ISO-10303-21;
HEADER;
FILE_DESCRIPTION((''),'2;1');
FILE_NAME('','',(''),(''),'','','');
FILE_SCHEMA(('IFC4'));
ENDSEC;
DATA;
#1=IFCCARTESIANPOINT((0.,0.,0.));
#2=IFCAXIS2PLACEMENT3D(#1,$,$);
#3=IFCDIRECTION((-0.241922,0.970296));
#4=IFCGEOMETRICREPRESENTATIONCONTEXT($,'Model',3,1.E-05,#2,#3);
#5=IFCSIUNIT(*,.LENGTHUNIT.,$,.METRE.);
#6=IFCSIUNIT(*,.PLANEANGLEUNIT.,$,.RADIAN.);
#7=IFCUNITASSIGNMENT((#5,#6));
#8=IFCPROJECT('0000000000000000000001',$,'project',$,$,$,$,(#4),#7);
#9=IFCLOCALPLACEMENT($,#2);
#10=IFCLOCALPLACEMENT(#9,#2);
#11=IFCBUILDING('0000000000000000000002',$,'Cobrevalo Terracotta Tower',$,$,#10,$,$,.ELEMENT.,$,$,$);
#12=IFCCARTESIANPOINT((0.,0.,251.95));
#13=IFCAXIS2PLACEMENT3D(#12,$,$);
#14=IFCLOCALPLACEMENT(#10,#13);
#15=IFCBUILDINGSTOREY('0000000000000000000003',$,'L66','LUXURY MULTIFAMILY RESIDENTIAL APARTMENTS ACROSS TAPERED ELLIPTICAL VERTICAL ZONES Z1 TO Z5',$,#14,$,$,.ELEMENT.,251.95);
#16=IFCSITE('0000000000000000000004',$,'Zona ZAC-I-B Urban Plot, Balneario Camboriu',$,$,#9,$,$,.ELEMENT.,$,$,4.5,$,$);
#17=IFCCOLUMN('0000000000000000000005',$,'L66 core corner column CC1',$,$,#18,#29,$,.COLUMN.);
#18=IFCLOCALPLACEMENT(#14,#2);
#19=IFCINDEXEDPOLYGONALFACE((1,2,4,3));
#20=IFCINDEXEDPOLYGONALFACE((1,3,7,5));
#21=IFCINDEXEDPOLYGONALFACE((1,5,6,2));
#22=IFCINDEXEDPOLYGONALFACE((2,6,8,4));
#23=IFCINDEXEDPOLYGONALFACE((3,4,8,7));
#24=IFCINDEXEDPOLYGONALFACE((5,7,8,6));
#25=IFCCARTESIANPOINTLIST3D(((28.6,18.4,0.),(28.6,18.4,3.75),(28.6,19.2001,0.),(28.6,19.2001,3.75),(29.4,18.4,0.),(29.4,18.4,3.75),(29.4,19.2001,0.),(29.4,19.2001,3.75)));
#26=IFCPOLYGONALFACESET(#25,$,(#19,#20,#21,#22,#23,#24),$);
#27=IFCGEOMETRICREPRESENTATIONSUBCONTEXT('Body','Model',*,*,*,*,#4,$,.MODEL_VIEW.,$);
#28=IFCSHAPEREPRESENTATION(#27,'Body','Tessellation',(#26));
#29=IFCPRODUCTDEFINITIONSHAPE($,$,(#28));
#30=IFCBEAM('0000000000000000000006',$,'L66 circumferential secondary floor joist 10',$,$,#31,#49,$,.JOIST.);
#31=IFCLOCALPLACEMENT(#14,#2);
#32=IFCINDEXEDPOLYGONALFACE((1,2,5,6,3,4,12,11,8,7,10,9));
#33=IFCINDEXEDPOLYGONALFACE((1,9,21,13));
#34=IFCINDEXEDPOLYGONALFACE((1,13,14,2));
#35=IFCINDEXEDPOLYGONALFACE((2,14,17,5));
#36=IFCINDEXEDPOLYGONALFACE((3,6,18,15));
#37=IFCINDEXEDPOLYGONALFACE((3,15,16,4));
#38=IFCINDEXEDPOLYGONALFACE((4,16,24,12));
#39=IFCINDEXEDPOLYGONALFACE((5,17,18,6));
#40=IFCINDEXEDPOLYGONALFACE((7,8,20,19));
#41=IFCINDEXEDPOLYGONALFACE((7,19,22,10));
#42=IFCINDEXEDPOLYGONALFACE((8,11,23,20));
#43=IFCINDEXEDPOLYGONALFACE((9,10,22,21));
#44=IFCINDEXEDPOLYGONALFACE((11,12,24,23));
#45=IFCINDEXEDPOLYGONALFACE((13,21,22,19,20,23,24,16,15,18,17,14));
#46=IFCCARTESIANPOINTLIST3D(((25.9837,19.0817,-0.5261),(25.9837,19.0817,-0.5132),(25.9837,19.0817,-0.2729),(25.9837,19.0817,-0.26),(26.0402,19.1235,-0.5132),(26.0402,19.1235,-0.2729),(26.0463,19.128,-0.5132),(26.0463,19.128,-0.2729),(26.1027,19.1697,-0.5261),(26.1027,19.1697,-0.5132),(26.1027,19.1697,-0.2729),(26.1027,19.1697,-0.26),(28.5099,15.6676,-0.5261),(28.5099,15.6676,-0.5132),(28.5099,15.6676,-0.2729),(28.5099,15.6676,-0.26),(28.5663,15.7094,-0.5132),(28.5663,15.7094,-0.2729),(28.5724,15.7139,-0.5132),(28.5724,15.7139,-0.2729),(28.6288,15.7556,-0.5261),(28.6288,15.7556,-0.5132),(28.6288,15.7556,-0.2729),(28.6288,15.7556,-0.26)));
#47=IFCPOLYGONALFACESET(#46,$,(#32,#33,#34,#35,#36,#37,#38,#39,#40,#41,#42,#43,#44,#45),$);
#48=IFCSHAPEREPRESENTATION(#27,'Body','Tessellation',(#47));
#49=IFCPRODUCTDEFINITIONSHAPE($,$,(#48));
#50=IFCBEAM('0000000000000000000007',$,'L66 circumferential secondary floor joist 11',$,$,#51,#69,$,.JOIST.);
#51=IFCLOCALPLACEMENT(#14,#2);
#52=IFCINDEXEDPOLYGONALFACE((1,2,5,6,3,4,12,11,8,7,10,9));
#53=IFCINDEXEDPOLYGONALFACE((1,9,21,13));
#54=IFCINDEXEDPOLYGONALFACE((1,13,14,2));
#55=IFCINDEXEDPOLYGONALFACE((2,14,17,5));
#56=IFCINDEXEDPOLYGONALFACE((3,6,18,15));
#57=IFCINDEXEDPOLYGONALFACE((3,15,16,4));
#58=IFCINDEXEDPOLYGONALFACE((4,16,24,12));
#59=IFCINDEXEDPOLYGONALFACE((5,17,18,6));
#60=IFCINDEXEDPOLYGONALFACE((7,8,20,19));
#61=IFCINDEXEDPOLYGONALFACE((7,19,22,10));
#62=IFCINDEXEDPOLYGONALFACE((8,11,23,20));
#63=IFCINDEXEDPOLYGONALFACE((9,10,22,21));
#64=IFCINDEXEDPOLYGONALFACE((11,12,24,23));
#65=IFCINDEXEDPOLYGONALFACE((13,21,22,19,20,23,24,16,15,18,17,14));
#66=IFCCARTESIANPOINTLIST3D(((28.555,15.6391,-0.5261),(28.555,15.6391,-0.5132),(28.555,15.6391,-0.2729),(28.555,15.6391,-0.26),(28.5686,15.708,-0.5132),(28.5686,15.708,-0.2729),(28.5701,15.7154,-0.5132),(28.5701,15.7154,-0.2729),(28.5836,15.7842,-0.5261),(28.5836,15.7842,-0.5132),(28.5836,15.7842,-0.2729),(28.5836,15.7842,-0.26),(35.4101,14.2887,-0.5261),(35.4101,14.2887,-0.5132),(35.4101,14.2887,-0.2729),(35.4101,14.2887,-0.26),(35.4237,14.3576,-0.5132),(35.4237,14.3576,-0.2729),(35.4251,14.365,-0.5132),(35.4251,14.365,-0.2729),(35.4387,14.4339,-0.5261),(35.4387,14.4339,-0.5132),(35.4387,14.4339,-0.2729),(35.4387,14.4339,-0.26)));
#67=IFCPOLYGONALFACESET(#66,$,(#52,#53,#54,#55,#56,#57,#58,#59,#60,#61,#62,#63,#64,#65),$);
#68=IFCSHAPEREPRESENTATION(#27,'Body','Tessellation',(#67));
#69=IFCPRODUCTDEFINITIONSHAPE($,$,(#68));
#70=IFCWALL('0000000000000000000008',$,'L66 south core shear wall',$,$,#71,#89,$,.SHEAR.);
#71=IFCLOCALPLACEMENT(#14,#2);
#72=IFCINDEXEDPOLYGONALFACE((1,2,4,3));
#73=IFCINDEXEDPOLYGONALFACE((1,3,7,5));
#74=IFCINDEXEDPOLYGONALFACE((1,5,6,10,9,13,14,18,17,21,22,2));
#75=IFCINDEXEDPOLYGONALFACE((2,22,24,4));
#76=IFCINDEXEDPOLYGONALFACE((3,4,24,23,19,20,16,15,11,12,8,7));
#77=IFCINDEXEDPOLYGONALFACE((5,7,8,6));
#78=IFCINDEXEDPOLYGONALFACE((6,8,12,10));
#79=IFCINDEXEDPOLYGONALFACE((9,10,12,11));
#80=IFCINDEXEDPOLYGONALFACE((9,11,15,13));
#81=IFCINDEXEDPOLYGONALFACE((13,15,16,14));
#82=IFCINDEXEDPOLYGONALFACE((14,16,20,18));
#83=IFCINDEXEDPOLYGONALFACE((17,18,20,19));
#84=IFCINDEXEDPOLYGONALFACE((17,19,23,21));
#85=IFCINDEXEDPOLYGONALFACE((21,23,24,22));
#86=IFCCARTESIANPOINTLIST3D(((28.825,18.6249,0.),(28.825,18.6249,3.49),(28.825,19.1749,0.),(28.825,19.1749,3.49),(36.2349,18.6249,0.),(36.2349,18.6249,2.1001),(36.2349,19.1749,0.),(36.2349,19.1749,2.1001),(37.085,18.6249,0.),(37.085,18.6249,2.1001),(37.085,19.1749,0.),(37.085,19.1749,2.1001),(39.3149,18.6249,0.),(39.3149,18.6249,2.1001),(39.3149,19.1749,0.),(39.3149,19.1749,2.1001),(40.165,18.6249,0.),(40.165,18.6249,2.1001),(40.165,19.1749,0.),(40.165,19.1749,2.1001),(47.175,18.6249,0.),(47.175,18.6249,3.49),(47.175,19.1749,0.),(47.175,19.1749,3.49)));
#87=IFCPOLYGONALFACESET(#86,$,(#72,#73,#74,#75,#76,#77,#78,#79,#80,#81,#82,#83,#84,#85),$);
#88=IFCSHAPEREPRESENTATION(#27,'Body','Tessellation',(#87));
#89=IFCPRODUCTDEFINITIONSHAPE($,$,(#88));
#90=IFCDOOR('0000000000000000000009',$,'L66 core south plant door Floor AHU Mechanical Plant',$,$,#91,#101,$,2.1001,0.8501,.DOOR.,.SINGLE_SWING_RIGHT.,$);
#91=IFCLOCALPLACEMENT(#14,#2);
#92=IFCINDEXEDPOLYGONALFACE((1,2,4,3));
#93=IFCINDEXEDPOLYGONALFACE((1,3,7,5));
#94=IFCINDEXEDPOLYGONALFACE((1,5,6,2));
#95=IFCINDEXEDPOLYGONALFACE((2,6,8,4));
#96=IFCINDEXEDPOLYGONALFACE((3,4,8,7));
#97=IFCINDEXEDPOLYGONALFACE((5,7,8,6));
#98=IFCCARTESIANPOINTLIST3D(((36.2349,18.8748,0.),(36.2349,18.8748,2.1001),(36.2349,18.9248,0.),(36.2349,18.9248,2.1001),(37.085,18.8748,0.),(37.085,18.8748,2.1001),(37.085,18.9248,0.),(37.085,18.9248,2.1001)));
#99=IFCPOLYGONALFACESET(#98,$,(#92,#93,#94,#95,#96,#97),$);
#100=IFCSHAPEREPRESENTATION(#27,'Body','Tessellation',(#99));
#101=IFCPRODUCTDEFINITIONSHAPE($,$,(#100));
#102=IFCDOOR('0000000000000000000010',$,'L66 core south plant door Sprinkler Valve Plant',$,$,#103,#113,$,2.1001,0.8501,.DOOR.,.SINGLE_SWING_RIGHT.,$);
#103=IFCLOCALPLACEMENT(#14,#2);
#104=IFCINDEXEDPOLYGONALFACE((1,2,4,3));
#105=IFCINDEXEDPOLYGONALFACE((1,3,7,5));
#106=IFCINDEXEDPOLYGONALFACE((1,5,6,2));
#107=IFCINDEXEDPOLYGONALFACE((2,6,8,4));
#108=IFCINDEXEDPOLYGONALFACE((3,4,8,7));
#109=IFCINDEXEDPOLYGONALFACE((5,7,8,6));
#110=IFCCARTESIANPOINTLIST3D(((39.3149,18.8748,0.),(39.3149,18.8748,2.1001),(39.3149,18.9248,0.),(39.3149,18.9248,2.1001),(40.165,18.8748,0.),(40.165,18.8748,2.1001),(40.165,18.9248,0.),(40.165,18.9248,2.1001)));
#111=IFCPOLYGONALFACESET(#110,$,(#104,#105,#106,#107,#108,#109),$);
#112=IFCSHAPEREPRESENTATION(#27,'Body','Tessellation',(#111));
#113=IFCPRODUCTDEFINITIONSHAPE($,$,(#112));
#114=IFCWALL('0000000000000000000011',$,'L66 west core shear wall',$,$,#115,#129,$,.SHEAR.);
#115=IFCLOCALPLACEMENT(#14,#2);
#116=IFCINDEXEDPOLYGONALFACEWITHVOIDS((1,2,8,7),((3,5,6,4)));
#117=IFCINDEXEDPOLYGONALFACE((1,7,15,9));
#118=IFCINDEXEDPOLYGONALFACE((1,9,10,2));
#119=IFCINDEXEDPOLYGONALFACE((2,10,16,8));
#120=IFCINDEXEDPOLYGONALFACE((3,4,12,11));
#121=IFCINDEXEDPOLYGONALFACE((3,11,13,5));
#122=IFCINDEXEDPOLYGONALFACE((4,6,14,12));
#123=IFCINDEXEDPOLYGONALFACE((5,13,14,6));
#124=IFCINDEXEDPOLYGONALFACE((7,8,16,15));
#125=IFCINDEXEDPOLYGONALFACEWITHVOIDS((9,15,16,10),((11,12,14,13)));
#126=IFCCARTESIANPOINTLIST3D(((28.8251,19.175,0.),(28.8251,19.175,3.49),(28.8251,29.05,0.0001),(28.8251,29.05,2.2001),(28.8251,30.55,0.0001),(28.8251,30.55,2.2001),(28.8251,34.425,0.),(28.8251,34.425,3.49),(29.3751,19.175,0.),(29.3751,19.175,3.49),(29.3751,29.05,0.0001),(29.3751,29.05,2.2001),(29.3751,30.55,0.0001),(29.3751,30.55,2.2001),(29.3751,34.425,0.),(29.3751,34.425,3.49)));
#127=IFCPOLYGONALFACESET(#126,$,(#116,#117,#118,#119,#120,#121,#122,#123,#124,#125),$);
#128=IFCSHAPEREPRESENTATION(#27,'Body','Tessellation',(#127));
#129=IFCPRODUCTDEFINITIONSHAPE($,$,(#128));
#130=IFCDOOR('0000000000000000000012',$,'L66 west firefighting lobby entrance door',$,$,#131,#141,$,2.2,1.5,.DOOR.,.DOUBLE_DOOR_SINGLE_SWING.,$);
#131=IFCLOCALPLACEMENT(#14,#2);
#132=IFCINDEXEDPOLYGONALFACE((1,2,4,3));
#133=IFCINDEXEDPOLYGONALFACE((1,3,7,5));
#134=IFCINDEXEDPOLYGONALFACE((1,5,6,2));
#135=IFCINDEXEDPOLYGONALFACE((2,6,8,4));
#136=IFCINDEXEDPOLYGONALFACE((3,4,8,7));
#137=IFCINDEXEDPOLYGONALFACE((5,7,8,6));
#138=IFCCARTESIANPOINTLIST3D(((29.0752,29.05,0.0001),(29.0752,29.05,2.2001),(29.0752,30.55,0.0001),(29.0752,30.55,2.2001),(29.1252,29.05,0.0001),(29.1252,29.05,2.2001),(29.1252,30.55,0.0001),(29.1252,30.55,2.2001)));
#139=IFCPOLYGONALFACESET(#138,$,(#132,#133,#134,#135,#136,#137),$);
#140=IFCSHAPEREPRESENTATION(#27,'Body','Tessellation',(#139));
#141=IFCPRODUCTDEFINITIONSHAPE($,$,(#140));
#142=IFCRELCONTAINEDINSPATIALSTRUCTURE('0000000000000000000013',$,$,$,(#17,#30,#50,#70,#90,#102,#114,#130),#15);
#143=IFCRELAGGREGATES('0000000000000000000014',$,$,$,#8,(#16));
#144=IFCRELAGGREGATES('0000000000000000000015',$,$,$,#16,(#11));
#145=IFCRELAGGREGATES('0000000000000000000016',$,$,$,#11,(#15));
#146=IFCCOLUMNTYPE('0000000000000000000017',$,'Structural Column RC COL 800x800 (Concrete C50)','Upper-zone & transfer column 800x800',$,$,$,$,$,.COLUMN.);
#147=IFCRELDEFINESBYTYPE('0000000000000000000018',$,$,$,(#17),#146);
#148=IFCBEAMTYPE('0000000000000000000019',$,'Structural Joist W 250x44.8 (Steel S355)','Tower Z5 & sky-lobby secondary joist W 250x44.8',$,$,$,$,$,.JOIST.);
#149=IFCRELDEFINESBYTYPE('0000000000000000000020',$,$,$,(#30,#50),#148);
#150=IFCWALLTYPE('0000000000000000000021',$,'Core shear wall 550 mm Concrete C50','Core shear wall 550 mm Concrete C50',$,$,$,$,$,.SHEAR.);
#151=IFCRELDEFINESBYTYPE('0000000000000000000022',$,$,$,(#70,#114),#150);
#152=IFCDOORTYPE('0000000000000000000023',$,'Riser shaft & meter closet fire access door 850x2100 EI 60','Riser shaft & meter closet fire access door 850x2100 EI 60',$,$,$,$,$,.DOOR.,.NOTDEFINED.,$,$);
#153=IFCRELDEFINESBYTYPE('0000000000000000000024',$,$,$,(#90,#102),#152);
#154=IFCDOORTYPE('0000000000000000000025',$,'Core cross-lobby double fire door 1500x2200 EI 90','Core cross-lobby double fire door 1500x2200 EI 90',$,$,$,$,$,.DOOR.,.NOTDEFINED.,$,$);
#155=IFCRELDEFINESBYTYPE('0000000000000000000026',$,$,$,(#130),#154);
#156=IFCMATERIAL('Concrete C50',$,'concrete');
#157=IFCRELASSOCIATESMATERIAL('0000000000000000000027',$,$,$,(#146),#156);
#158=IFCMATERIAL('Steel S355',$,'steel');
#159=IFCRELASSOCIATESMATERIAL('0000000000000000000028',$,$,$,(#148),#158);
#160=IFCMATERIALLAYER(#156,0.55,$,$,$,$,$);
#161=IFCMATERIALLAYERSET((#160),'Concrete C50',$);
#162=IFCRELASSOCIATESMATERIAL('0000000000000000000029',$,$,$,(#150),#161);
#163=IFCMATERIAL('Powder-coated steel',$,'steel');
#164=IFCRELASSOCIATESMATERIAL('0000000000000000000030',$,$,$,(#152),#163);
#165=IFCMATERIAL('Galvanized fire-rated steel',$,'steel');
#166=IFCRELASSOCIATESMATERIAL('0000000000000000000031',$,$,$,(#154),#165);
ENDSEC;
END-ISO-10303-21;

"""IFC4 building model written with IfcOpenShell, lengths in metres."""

from ifc_helpers import new_model, si_unit, direction, frame, frame_2d, origin, origin_2d, place, context, subcontext, project, spatial, rectangle, i_section, extrude, source, transform, mapped, material, layer, layer_set, material_profile, profile_set, type_object, element, fill, save


model = new_model("IFC4")

# Units and contexts
model_context = context("Model", 3, precision=1e-05, world=origin(), true_north=direction((-0.241922, 0.970296)))
body_context = subcontext(model_context, "Body", "Model", "MODEL_VIEW")
ifc_project = project(units=[si_unit("LENGTHUNIT", "METRE"), si_unit("PLANEANGLEUNIT", "RADIAN")], contexts=[model_context])

# Site, building, storey
site_placement = place(None, origin())
site = spatial("IfcSite", under=ifc_project, at=site_placement, Name="Zona ZAC-I-B Urban Plot, Balneario Camboriu", CompositionType="ELEMENT", RefElevation=4.5)
building_placement = place(site_placement, origin())
building = spatial("IfcBuilding", under=site, at=building_placement, Name="Cobrevalo Terracotta Tower", CompositionType="ELEMENT")
storey_placement = place(building_placement, frame((0.0, 0.0, 251.95)))
storey = spatial("IfcBuildingStorey", under=building, at=storey_placement, Name="L66", Description="LUXURY MULTIFAMILY RESIDENTIAL APARTMENTS ACROSS TAPERED ELLIPTICAL VERTICAL ZONES Z1 TO Z5", CompositionType="ELEMENT", Elevation=251.95)

# Column
ifc_material_1 = material(Name="Concrete C50", Category="concrete")
ifc_material_profile_1 = material_profile(ifc_material_1, rectangle(XDim=0.8, YDim=0.8, at=origin_2d()), Name="RC COL 800x800")
ifc_profile_set_1 = profile_set([ifc_material_profile_1], Name="Concrete C50")
column_type = type_object("IfcColumnType", Name="Structural Column RC COL 800x800 (Concrete C50)", Description="Upper-zone & transfer column 800x800", PredefinedType="COLUMN", material=ifc_profile_set_1)
column_placement = place(storey_placement, frame((29.0, 18.8, 0.0), z_axis=(0.0, 0.0, 1.0), x_axis=(1.0, 0.0, 0.0)))
element("IfcColumn", 1, at=column_placement, inside=storey, type_object=column_type, Name="L66 core corner column CC1", PredefinedType="COLUMN", context=body_context, shape_type="SweptSolid", body=[
    extrude(rectangle(XDim=0.8, YDim=0.8, at=origin_2d()), origin(), (0.0, 0.0, 1.0), 3.75),
])

# Beams
ifc_material_2 = material(Name="Steel S355", Category="steel")
ifc_material_profile_2 = material_profile(ifc_material_2, i_section(OverallWidth=0.1479, OverallDepth=0.2661, WebThickness=0.0076, FlangeThickness=0.0129, at=origin_2d()), Name="W 250x44.8")
ifc_profile_set_2 = profile_set([ifc_material_profile_2], Name="Steel S355")
beam_type = type_object("IfcBeamType", Name="Structural Joist W 250x44.8 (Steel S355)", Description="Tower Z5 & sky-lobby secondary joist W 250x44.8", PredefinedType="JOIST", material=ifc_profile_set_2)
beam_1_placement = place(storey_placement, frame((26.0432, 19.1257, -0.3931), z_axis=(0.5948, -0.803874, 0.0), x_axis=(0.803874, 0.5948, 0.0)))
element("IfcBeam", 2, at=beam_1_placement, inside=storey, type_object=beam_type, Name="L66 circumferential secondary floor joist 10", PredefinedType="JOIST", context=body_context, shape_type="SweptSolid", body=[
    extrude(i_section(OverallWidth=0.1479, OverallDepth=0.2661, WebThickness=0.0076, FlangeThickness=0.0129, at=origin_2d()), origin(), (0.0, 0.0, 1.0), 4.2471),
])
beam_2_placement = place(storey_placement, frame((28.5693, 15.7117, -0.3931), z_axis=(0.981145, -0.193273, 0.0), x_axis=(0.193273, 0.981145, 0.0)))
element("IfcBeam", 3, at=beam_2_placement, inside=storey, type_object=beam_type, Name="L66 circumferential secondary floor joist 11", PredefinedType="JOIST", context=body_context, shape_type="SweptSolid", body=[
    extrude(i_section(OverallWidth=0.1479, OverallDepth=0.2661, WebThickness=0.0076, FlangeThickness=0.0129, at=origin_2d()), origin(), (0.0, 0.0, 1.0), 6.9868),
])

# Wall, openings, doors
ifc_layer_1 = layer(ifc_material_1, 0.55)
ifc_layer_set_1 = layer_set([ifc_layer_1], Name="Concrete C50")
wall_type_1 = type_object("IfcWallType", Name="Core shear wall 550 mm Concrete C50", Description="Core shear wall 550 mm Concrete C50", PredefinedType="SHEAR", material=ifc_layer_set_1)
wall_1_placement = place(storey_placement, frame((28.825, 18.8999, 0.0), z_axis=(0.0, 0.0, 1.0), x_axis=(1.0, 0.0, 0.0)))
wall_1 = element("IfcWall", 4, at=wall_1_placement, inside=storey, type_object=wall_type_1, Name="L66 south core shear wall", PredefinedType="SHEAR", context=body_context, shape_type="SweptSolid", body=[
    extrude(rectangle(XDim=18.3501, YDim=0.55, at=frame_2d((9.175, 0.0))), origin(), (0.0, 0.0, 1.0), 3.49),
])
opening_1_placement = place(wall_1_placement, frame((7.4099, 0.0, 0.0)))
opening_1 = element("IfcOpeningElement", 5, at=opening_1_placement, cuts=wall_1, PredefinedType="OPENING", context=body_context, shape_type="SweptSolid", body=[
    extrude(rectangle(XDim=0.8501, YDim=2.1001, at=frame_2d((0.425, 1.05))), frame((0.0, 0.2852, 0.0), z_axis=(0.0, -1.0, 0.0), x_axis=(1.0, 0.0, 0.0)), (0.0, 0.0, 1.0), 0.5701),
])
opening_2_placement = place(wall_1_placement, frame((10.49, 0.0, 0.0)))
opening_2 = element("IfcOpeningElement", 6, at=opening_2_placement, cuts=wall_1, PredefinedType="OPENING", context=body_context, shape_type="SweptSolid", body=[
    extrude(rectangle(XDim=0.8501, YDim=2.1001, at=frame_2d((0.425, 1.05))), frame((0.0, 0.2852, 0.0), z_axis=(0.0, -1.0, 0.0), x_axis=(1.0, 0.0, 0.0)), (0.0, 0.0, 1.0), 0.5701),
])
ifc_material_3 = material(Name="Powder-coated steel", Category="steel")
door_type_1 = type_object("IfcDoorType", Name="Riser shaft & meter closet fire access door 850x2100 EI 60", Description="Riser shaft & meter closet fire access door 850x2100 EI 60", OperationType="NOTDEFINED", PredefinedType="DOOR", material=ifc_material_3)
shared_shape_1 = source(origin(), body_context, "Body", "SweptSolid", [
    extrude(rectangle(XDim=0.8501, YDim=2.1001, at=frame_2d((0.425, 1.05))), frame((0.0, 0.0249, 0.0), z_axis=(0.0, -1.0, 0.0), x_axis=(1.0, 0.0, 0.0)), (0.0, 0.0, 1.0), 0.05),
])
door_1_placement = place(opening_1_placement, origin())
door_1 = element("IfcDoor", 7, at=door_1_placement, inside=storey, type_object=door_type_1, Name="L66 core south plant door Floor AHU Mechanical Plant", OperationType="SINGLE_SWING_RIGHT", OverallHeight=2.1001, OverallWidth=0.8501, PredefinedType="DOOR", context=body_context, shape_type="MappedRepresentation", body=[
    mapped(shared_shape_1, transform((0.0, 0.0, 0.0), scale=1.0)),
])
fill(opening_1, door_1)
door_2_placement = place(opening_2_placement, origin())
door_2 = element("IfcDoor", 8, at=door_2_placement, inside=storey, type_object=door_type_1, Name="L66 core south plant door Sprinkler Valve Plant", OperationType="SINGLE_SWING_RIGHT", OverallHeight=2.1001, OverallWidth=0.8501, PredefinedType="DOOR", context=body_context, shape_type="MappedRepresentation", body=[
    mapped(shared_shape_1, transform((0.0, 0.0, 0.0), scale=1.0)),
])
fill(opening_2, door_2)

# Wall, opening, door
wall_2_placement = place(storey_placement, frame((29.1001, 19.175, 0.0), z_axis=(0.0, 0.0, 1.0), x_axis=(0.0, 1.0, 0.0)))
wall_2 = element("IfcWall", 9, at=wall_2_placement, inside=storey, type_object=wall_type_1, Name="L66 west core shear wall", PredefinedType="SHEAR", context=body_context, shape_type="SweptSolid", body=[
    extrude(rectangle(XDim=15.25, YDim=0.55, at=frame_2d((7.625, 0.0))), origin(), (0.0, 0.0, 1.0), 3.49),
])
opening_3_placement = place(wall_2_placement, frame((9.875, 0.0, 0.0)))
opening_3 = element("IfcOpeningElement", 10, at=opening_3_placement, cuts=wall_2, PredefinedType="OPENING", context=body_context, shape_type="SweptSolid", body=[
    extrude(rectangle(XDim=1.5, YDim=2.2, at=frame_2d((0.75, 1.1001))), frame((0.0, 0.2852, 0.0), z_axis=(0.0, -1.0, 0.0), x_axis=(1.0, 0.0, 0.0)), (0.0, 0.0, 1.0), 0.5701),
])
ifc_material_4 = material(Name="Galvanized fire-rated steel", Category="steel")
door_type_2 = type_object("IfcDoorType", Name="Core cross-lobby double fire door 1500x2200 EI 90", Description="Core cross-lobby double fire door 1500x2200 EI 90", OperationType="NOTDEFINED", PredefinedType="DOOR", material=ifc_material_4)
shared_shape_2 = source(origin(), body_context, "Body", "SweptSolid", [
    extrude(rectangle(XDim=1.5, YDim=2.2, at=frame_2d((0.75, 1.1001))), frame((0.0, 0.0249, 0.0), z_axis=(0.0, -1.0, 0.0), x_axis=(1.0, 0.0, 0.0)), (0.0, 0.0, 1.0), 0.05),
])
door_3_placement = place(opening_3_placement, origin())
door_3 = element("IfcDoor", 11, at=door_3_placement, inside=storey, type_object=door_type_2, Name="L66 west firefighting lobby entrance door", OperationType="DOUBLE_DOOR_SINGLE_SWING", OverallHeight=2.2, OverallWidth=1.5, PredefinedType="DOOR", context=body_context, shape_type="MappedRepresentation", body=[
    mapped(shared_shape_2, transform((0.0, 0.0, 0.0), scale=1.0)),
])
fill(opening_3, door_3)

save(model, "model.ifc")
